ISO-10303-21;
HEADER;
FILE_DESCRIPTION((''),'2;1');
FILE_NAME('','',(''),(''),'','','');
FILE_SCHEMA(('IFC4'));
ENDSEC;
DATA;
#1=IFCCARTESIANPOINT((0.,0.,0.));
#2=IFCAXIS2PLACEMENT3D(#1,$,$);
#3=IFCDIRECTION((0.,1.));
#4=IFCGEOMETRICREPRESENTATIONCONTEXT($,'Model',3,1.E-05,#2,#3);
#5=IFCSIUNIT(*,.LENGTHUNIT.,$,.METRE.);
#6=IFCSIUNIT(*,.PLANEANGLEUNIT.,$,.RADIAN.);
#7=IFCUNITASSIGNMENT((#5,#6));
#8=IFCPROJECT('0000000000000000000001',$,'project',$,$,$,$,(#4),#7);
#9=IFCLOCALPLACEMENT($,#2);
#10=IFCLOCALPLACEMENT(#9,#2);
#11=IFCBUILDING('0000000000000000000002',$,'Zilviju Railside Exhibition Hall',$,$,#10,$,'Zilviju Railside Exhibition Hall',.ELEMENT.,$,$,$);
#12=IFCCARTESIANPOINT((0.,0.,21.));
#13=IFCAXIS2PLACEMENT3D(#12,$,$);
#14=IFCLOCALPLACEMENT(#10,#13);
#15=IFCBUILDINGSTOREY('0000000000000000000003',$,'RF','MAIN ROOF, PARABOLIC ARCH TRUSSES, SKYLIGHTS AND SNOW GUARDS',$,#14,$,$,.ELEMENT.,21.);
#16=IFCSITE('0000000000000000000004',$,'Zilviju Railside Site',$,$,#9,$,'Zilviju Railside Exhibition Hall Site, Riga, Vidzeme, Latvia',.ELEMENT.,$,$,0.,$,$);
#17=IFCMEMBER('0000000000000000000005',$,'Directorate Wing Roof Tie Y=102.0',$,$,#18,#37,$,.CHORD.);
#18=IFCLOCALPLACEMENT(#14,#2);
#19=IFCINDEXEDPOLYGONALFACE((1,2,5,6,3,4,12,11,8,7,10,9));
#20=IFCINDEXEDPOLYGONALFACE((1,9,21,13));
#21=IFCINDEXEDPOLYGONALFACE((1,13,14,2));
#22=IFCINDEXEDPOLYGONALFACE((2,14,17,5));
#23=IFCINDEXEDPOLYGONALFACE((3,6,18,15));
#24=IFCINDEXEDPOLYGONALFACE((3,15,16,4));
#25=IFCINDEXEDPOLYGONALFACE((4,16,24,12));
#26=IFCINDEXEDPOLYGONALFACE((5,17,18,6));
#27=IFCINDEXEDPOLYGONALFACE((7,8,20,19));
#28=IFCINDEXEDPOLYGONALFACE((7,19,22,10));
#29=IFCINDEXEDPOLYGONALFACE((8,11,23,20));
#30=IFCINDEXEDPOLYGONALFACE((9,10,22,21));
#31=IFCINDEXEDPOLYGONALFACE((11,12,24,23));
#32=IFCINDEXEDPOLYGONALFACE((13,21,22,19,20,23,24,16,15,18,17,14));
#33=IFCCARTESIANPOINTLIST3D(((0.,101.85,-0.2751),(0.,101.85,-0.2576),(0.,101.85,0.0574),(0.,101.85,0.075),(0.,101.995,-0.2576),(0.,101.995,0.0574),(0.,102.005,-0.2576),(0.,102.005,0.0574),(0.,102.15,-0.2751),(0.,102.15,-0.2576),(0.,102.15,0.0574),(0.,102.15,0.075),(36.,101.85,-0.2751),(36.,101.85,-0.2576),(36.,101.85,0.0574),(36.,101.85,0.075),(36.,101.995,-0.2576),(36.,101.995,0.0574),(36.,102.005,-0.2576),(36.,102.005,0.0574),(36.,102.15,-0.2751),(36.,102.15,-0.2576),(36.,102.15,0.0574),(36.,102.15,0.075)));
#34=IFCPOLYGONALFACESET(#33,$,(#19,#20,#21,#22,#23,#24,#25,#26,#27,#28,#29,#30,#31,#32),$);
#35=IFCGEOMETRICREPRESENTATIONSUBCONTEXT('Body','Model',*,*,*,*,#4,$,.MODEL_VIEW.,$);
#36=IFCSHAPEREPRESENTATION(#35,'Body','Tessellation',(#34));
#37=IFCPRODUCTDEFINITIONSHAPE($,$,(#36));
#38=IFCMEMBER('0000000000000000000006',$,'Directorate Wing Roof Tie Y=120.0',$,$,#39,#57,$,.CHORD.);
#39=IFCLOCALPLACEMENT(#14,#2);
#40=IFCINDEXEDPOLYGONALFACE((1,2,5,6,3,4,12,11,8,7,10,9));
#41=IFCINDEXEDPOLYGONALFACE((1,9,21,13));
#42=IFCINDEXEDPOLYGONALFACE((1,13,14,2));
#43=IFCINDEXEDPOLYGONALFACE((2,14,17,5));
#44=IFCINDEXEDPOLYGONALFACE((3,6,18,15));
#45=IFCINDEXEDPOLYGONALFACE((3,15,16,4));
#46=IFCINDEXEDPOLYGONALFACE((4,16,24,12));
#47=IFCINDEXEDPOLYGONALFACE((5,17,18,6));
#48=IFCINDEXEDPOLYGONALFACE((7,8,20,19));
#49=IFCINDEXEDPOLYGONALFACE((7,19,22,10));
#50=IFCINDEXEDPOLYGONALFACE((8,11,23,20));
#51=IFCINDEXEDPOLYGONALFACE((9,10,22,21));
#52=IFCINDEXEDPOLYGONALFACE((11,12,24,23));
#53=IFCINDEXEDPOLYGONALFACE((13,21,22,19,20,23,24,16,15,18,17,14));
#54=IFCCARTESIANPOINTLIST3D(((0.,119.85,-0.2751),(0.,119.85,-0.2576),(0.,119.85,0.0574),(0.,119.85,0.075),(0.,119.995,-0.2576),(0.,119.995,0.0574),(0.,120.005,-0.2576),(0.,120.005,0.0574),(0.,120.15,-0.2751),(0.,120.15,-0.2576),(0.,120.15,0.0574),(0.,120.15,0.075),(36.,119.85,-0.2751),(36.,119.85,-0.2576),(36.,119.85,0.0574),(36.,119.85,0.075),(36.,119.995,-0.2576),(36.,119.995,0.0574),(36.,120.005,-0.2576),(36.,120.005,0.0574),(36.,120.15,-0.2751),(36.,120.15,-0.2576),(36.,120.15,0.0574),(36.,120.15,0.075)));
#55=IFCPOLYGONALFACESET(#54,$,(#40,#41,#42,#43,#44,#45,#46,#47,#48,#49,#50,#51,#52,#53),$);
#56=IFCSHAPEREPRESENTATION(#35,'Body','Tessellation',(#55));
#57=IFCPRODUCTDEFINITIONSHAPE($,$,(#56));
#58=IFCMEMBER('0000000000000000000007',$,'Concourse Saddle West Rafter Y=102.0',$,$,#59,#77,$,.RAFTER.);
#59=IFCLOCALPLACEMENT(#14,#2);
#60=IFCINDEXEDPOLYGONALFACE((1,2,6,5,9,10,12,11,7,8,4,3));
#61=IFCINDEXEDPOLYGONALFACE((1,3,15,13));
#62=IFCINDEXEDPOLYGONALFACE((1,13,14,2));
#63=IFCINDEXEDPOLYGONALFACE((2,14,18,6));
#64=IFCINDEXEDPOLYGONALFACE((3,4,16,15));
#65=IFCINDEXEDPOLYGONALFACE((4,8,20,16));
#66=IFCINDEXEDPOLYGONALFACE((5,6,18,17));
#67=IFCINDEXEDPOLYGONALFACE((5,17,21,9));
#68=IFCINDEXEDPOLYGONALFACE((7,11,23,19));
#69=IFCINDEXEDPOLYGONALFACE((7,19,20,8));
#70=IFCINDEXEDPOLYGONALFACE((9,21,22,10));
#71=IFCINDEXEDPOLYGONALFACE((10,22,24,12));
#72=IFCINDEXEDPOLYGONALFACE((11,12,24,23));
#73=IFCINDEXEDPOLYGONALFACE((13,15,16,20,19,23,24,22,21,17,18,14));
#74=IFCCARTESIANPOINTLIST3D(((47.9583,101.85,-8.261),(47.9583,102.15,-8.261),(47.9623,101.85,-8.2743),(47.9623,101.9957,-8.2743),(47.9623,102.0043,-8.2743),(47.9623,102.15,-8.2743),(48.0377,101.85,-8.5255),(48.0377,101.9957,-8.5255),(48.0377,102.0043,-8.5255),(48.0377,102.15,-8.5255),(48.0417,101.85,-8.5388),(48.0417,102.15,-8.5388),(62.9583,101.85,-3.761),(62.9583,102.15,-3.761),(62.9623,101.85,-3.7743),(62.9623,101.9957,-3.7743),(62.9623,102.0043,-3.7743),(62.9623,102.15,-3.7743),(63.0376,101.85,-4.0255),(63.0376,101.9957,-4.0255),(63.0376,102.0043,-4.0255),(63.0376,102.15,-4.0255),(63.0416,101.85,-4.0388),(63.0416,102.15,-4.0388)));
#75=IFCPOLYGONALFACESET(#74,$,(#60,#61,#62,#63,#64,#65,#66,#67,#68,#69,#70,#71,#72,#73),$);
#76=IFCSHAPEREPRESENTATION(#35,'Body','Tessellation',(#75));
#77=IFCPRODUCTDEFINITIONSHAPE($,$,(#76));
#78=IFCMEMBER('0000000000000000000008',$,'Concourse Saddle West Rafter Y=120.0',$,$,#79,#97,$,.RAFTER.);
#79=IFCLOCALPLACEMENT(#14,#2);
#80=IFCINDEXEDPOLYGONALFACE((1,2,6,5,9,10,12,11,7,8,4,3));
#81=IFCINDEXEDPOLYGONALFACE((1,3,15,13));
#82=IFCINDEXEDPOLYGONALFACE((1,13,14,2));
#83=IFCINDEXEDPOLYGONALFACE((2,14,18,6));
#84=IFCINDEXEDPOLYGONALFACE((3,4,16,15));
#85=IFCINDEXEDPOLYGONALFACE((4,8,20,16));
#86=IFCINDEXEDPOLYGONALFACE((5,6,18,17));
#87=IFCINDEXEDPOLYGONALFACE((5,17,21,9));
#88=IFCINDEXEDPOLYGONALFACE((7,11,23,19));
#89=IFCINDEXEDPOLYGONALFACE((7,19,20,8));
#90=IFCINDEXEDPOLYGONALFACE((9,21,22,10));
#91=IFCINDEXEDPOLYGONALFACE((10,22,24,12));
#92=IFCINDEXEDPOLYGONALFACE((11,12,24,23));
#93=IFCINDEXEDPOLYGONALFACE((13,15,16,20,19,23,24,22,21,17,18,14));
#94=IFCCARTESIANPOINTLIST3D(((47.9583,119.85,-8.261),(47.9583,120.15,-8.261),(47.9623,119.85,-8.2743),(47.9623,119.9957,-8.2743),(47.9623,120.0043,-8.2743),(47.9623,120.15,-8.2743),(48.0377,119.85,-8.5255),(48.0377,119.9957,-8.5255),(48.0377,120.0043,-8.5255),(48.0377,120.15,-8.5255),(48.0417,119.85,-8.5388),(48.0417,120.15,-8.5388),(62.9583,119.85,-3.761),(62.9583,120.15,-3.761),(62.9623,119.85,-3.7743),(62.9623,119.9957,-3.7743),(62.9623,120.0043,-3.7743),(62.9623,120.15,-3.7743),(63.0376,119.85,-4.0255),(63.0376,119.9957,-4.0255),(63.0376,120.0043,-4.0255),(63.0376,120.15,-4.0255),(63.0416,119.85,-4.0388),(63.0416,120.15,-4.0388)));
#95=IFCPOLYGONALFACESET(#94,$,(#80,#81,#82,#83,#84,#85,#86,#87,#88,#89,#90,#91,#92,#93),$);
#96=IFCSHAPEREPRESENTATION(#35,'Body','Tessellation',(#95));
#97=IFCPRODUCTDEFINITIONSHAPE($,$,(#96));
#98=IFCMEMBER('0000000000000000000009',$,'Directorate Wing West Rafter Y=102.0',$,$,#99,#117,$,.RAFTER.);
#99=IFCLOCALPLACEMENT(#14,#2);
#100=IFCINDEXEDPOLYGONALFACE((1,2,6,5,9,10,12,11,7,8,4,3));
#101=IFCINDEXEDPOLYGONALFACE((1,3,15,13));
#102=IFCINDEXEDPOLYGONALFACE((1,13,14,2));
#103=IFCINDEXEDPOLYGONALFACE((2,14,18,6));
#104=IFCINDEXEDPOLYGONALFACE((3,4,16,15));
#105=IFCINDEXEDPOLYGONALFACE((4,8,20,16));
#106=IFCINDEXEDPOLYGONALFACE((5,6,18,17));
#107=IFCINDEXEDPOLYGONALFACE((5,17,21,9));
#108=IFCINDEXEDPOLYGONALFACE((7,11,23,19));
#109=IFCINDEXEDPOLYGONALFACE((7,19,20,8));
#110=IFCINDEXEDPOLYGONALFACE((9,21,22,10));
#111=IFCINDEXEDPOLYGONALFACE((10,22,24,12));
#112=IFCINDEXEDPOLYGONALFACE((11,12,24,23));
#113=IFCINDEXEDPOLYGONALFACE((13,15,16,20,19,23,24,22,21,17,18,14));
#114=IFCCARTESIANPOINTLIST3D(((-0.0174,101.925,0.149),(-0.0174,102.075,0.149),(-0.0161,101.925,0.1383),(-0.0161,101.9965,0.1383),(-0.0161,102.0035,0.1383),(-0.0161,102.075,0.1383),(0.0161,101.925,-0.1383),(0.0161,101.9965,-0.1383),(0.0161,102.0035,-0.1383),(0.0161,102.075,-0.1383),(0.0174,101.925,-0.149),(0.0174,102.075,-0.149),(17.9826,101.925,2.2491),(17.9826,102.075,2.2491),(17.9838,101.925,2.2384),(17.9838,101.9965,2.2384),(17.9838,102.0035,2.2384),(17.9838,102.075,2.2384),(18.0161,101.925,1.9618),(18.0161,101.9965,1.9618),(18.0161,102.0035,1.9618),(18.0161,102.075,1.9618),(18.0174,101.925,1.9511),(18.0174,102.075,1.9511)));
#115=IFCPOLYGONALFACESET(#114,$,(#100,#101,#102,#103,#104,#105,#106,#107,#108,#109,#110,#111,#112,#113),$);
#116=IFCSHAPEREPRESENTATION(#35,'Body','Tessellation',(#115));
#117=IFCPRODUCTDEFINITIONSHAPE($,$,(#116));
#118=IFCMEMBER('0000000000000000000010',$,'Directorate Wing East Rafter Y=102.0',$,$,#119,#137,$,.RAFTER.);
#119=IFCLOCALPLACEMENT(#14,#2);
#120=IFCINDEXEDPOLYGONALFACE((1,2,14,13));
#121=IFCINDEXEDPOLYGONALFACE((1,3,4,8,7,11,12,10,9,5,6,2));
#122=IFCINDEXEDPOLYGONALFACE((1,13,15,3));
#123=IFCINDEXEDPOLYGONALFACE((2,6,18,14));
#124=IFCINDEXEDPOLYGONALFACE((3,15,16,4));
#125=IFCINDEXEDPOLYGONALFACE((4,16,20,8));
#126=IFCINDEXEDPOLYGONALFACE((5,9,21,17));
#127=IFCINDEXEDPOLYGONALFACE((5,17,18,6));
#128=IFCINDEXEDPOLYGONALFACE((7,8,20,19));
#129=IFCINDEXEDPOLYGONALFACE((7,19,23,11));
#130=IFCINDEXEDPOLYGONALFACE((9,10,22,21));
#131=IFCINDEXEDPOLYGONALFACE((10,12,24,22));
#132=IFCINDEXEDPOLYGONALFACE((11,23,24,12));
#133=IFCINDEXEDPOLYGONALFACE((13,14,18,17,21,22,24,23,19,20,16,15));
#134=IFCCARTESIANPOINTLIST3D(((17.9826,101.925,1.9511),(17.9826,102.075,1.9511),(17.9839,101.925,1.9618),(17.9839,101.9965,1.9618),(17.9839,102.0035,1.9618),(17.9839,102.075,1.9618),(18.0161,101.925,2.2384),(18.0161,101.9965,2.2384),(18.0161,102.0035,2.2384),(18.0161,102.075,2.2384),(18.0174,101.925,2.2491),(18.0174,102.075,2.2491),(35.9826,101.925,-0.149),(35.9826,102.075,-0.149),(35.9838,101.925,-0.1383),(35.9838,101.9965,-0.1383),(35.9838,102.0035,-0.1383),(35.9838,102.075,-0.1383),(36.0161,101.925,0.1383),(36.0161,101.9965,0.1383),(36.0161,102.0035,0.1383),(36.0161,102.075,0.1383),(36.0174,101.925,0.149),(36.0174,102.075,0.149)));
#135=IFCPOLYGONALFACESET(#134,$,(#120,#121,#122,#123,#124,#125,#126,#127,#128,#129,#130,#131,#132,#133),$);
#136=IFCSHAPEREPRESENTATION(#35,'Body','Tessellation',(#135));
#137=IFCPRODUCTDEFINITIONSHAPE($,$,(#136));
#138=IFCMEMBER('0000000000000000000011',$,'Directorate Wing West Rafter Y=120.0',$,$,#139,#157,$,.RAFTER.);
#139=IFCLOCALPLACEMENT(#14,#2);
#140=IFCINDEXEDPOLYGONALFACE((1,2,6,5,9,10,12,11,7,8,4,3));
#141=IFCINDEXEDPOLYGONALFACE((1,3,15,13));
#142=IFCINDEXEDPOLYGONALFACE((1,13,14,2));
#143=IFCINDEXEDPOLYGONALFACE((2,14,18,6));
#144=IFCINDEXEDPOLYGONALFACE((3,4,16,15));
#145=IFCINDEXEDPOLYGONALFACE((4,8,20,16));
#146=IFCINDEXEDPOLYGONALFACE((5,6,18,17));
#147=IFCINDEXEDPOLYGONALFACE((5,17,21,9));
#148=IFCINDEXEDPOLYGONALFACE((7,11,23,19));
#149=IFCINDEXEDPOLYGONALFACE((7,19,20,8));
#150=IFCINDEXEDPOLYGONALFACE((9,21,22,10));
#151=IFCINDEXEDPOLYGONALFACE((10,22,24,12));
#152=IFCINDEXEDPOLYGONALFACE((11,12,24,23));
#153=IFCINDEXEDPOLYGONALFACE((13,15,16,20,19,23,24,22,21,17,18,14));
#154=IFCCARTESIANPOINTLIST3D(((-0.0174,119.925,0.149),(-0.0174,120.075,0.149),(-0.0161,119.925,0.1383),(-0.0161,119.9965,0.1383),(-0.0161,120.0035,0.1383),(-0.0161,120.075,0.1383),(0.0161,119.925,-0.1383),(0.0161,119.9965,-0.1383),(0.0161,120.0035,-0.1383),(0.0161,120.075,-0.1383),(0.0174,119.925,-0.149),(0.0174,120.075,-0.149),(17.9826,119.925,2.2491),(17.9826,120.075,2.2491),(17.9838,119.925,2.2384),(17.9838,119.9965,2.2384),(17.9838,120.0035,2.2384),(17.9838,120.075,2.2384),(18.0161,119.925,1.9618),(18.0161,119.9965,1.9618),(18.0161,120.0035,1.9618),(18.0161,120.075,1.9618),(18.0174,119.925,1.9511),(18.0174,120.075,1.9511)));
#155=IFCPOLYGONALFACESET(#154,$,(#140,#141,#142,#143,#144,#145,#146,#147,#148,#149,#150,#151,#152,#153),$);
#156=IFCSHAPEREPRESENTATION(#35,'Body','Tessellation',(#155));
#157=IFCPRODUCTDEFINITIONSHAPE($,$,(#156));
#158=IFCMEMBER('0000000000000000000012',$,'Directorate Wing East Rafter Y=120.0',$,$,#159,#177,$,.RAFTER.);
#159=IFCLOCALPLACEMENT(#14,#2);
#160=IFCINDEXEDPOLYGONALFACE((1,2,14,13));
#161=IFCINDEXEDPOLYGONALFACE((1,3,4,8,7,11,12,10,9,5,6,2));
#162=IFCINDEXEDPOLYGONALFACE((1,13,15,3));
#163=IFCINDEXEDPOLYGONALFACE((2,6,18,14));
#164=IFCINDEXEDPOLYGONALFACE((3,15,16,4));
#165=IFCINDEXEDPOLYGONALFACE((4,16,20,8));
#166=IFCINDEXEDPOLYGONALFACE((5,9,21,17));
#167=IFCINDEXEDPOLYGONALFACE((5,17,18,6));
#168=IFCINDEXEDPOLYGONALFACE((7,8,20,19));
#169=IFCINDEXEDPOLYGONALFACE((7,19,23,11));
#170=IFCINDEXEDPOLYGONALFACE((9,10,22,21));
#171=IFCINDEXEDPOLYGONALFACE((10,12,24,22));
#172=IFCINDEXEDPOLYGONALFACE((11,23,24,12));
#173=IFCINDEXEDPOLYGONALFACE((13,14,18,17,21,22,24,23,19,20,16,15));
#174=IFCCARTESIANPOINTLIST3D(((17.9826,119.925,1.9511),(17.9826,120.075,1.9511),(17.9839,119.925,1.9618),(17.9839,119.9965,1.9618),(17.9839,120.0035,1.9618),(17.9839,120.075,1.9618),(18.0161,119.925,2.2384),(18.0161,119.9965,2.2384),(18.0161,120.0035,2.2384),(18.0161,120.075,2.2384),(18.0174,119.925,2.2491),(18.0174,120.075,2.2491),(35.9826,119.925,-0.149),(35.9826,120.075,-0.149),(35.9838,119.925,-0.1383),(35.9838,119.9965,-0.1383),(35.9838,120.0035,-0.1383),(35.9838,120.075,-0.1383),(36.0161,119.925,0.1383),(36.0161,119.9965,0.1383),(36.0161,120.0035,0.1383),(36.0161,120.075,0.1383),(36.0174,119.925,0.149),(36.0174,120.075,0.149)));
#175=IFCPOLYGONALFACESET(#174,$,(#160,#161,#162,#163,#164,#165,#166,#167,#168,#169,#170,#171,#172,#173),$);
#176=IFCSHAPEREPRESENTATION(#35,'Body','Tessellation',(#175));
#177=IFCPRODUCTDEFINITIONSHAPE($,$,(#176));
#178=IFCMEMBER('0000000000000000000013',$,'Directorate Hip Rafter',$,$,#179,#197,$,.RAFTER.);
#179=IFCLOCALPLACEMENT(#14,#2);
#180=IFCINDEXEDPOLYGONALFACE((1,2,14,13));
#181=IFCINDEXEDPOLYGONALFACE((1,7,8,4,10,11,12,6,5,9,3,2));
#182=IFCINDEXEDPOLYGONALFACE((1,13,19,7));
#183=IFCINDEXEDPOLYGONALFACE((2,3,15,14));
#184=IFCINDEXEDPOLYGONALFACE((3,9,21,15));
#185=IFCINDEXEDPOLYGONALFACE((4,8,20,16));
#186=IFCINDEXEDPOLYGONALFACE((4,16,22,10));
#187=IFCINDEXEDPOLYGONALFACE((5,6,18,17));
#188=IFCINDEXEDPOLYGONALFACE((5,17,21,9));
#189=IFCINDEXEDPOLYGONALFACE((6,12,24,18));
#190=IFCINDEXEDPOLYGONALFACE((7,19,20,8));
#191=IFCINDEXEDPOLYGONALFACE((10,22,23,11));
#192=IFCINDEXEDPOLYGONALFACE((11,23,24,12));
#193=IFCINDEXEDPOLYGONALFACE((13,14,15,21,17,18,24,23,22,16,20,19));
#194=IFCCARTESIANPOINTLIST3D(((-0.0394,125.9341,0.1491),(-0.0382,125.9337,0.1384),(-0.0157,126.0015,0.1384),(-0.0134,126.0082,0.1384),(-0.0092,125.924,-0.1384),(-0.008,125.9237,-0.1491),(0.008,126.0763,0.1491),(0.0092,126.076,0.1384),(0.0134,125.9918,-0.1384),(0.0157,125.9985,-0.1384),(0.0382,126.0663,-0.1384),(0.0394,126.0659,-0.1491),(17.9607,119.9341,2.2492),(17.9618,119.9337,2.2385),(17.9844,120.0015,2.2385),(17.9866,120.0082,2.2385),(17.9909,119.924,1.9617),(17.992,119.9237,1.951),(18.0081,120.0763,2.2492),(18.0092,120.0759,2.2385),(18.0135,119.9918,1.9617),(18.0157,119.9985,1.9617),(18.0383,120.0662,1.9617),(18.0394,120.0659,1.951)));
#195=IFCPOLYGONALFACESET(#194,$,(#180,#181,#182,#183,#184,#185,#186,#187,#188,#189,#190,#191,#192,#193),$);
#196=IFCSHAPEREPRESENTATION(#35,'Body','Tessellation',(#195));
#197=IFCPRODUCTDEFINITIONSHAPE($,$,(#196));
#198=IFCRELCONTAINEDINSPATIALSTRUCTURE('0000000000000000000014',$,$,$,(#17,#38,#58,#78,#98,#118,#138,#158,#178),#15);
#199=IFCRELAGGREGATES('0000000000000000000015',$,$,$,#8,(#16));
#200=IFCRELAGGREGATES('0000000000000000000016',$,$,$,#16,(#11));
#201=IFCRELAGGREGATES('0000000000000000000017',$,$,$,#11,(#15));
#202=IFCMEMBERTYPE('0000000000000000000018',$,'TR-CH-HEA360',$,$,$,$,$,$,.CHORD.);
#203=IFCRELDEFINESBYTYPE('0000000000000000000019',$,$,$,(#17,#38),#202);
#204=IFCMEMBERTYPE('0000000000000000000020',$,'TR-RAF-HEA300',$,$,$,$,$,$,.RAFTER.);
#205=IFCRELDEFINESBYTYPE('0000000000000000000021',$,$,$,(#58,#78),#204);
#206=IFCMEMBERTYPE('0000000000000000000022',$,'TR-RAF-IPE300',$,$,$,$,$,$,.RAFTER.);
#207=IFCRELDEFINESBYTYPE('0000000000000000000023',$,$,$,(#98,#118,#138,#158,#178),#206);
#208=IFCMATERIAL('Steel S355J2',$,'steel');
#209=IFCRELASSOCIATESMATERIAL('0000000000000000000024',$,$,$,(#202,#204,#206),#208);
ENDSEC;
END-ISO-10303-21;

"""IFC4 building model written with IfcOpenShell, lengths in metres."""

from ifc_helpers import new_model, si_unit, direction, frame, origin, origin_2d, place, context, subcontext, project, spatial, i_section, extrude, material, material_profile, profile_set, type_object, element, save


model = new_model("IFC4")

# Units and contexts
model_context = context("Model", 3, precision=1e-05, world=origin(), true_north=direction((0.0, 1.0)))
body_context = subcontext(model_context, "Body", "Model", "MODEL_VIEW")
ifc_project = project(units=[si_unit("LENGTHUNIT", "METRE"), si_unit("PLANEANGLEUNIT", "RADIAN")], contexts=[model_context])

# Site, building, storey
site_placement = place(None, origin())
site = spatial("IfcSite", under=ifc_project, at=site_placement, Name="Zilviju Railside Site", LongName="Zilviju Railside Exhibition Hall Site, Riga, Vidzeme, Latvia", CompositionType="ELEMENT", RefElevation=0.0)
building_placement = place(site_placement, origin())
building = spatial("IfcBuilding", under=site, at=building_placement, Name="Zilviju Railside Exhibition Hall", LongName="Zilviju Railside Exhibition Hall", CompositionType="ELEMENT")
storey_placement = place(building_placement, frame((0.0, 0.0, 21.0)))
storey = spatial("IfcBuildingStorey", under=building, at=storey_placement, Name="RF", Description="MAIN ROOF, PARABOLIC ARCH TRUSSES, SKYLIGHTS AND SNOW GUARDS", CompositionType="ELEMENT", Elevation=21.0)

# Shared definitions
ifc_material_1 = material(Name="Steel S355J2", Category="steel")

# Members
ifc_material_profile_1 = material_profile(ifc_material_1, i_section(OverallWidth=0.3, OverallDepth=0.3501, WebThickness=0.01, FlangeThickness=0.0176, at=origin_2d()), Name="HEA 360")
ifc_profile_set_1 = profile_set([ifc_material_profile_1], Name="Steel S355J2")
member_type_1 = type_object("IfcMemberType", Name="TR-CH-HEA360", PredefinedType="CHORD", material=ifc_profile_set_1)
for number, where, z_axis, x_axis, name in (
    (1, (0.0, 102.0, -0.1001), (1.0, 0.0, 0.0), (0.0, 1.0, 0.0), "Directorate Wing Roof Tie Y=102.0"),
    (2, (0.0, 120.0, -0.1001), (1.0, 0.0, 0.0), (0.0, 1.0, 0.0), "Directorate Wing Roof Tie Y=120.0"),
):
    element("IfcMember", number, at=place(storey_placement, frame(where, z_axis=z_axis, x_axis=x_axis)), inside=storey, type_object=member_type_1, Name=name, PredefinedType="CHORD", context=body_context, shape_type="SweptSolid", body=[
        extrude(i_section(OverallWidth=0.3, OverallDepth=0.3501, WebThickness=0.01, FlangeThickness=0.0176, at=origin_2d()), origin(), (0.0, 0.0, 1.0), 36.0),
    ])
ifc_material_profile_2 = material_profile(ifc_material_1, i_section(OverallWidth=0.3, OverallDepth=0.29, WebThickness=0.0085, FlangeThickness=0.0139, at=origin_2d()), Name="HEA 300")
ifc_profile_set_2 = profile_set([ifc_material_profile_2], Name="Steel S355J2")
member_type_2 = type_object("IfcMemberType", Name="TR-RAF-HEA300", PredefinedType="RAFTER", material=ifc_profile_set_2)
for number, where, z_axis, x_axis, name in (
    (3, (48.0, 102.0, -8.3999), (0.957826, 0.0, 0.287348), (0.0, 1.0, 0.0), "Concourse Saddle West Rafter Y=102.0"),
    (4, (48.0, 120.0, -8.3999), (0.957826, 0.0, 0.287348), (0.0, 1.0, 0.0), "Concourse Saddle West Rafter Y=120.0"),
):
    element("IfcMember", number, at=place(storey_placement, frame(where, z_axis=z_axis, x_axis=x_axis)), inside=storey, type_object=member_type_2, Name=name, PredefinedType="RAFTER", context=body_context, shape_type="SweptSolid", body=[
        extrude(i_section(OverallWidth=0.3, OverallDepth=0.29, WebThickness=0.0085, FlangeThickness=0.0139, at=origin_2d()), origin(), (0.0, 0.0, 1.0), 15.6604),
    ])
ifc_material_profile_3 = material_profile(ifc_material_1, i_section(OverallWidth=0.1499, OverallDepth=0.3, WebThickness=0.0071, FlangeThickness=0.0107, at=origin_2d()), Name="IPE 300")
ifc_profile_set_3 = profile_set([ifc_material_profile_3], Name="Steel S355J2")
member_type_3 = type_object("IfcMemberType", Name="TR-RAF-IPE300", PredefinedType="RAFTER", material=ifc_profile_set_3)
for number, where, z_axis, x_axis, name in (
    (5, (0.0, 102.0, 0.0), (0.993263, 0.0, 0.115886), (0.0, 1.0, 0.0), "Directorate Wing West Rafter Y=102.0"),
    (6, (18.0, 102.0, 2.1001), (0.993263, 0.0, -0.115886), (0.0, 1.0, 0.0), "Directorate Wing East Rafter Y=102.0"),
    (7, (0.0, 120.0, 0.0), (0.993263, 0.0, 0.115886), (0.0, 1.0, 0.0), "Directorate Wing West Rafter Y=120.0"),
    (8, (18.0, 120.0, 2.1001), (0.993263, 0.0, -0.115886), (0.0, 1.0, 0.0), "Directorate Wing East Rafter Y=120.0"),
):
    element("IfcMember", number, at=place(storey_placement, frame(where, z_axis=z_axis, x_axis=x_axis)), inside=storey, type_object=member_type_3, Name=name, PredefinedType="RAFTER", context=body_context, shape_type="SweptSolid", body=[
        extrude(i_section(OverallWidth=0.1499, OverallDepth=0.3, WebThickness=0.0071, FlangeThickness=0.0107, at=origin_2d()), origin(), (0.0, 0.0, 1.0), 18.1221),
    ])
for number, where, z_axis, x_axis, name in (
    (9, (0.0, 126.0, 0.0), (0.942925, -0.314308, 0.110013), (0.316228, 0.948683, 0.0), "Directorate Hip Rafter"),
):
    element("IfcMember", number, at=place(storey_placement, frame(where, z_axis=z_axis, x_axis=x_axis)), inside=storey, type_object=member_type_3, Name=name, PredefinedType="RAFTER", context=body_context, shape_type="SweptSolid", body=[
        extrude(i_section(OverallWidth=0.1499, OverallDepth=0.3, WebThickness=0.0071, FlangeThickness=0.0107, at=origin_2d()), origin(), (0.0, 0.0, 1.0), 19.0896),
    ])

save(model, "model.ifc")
